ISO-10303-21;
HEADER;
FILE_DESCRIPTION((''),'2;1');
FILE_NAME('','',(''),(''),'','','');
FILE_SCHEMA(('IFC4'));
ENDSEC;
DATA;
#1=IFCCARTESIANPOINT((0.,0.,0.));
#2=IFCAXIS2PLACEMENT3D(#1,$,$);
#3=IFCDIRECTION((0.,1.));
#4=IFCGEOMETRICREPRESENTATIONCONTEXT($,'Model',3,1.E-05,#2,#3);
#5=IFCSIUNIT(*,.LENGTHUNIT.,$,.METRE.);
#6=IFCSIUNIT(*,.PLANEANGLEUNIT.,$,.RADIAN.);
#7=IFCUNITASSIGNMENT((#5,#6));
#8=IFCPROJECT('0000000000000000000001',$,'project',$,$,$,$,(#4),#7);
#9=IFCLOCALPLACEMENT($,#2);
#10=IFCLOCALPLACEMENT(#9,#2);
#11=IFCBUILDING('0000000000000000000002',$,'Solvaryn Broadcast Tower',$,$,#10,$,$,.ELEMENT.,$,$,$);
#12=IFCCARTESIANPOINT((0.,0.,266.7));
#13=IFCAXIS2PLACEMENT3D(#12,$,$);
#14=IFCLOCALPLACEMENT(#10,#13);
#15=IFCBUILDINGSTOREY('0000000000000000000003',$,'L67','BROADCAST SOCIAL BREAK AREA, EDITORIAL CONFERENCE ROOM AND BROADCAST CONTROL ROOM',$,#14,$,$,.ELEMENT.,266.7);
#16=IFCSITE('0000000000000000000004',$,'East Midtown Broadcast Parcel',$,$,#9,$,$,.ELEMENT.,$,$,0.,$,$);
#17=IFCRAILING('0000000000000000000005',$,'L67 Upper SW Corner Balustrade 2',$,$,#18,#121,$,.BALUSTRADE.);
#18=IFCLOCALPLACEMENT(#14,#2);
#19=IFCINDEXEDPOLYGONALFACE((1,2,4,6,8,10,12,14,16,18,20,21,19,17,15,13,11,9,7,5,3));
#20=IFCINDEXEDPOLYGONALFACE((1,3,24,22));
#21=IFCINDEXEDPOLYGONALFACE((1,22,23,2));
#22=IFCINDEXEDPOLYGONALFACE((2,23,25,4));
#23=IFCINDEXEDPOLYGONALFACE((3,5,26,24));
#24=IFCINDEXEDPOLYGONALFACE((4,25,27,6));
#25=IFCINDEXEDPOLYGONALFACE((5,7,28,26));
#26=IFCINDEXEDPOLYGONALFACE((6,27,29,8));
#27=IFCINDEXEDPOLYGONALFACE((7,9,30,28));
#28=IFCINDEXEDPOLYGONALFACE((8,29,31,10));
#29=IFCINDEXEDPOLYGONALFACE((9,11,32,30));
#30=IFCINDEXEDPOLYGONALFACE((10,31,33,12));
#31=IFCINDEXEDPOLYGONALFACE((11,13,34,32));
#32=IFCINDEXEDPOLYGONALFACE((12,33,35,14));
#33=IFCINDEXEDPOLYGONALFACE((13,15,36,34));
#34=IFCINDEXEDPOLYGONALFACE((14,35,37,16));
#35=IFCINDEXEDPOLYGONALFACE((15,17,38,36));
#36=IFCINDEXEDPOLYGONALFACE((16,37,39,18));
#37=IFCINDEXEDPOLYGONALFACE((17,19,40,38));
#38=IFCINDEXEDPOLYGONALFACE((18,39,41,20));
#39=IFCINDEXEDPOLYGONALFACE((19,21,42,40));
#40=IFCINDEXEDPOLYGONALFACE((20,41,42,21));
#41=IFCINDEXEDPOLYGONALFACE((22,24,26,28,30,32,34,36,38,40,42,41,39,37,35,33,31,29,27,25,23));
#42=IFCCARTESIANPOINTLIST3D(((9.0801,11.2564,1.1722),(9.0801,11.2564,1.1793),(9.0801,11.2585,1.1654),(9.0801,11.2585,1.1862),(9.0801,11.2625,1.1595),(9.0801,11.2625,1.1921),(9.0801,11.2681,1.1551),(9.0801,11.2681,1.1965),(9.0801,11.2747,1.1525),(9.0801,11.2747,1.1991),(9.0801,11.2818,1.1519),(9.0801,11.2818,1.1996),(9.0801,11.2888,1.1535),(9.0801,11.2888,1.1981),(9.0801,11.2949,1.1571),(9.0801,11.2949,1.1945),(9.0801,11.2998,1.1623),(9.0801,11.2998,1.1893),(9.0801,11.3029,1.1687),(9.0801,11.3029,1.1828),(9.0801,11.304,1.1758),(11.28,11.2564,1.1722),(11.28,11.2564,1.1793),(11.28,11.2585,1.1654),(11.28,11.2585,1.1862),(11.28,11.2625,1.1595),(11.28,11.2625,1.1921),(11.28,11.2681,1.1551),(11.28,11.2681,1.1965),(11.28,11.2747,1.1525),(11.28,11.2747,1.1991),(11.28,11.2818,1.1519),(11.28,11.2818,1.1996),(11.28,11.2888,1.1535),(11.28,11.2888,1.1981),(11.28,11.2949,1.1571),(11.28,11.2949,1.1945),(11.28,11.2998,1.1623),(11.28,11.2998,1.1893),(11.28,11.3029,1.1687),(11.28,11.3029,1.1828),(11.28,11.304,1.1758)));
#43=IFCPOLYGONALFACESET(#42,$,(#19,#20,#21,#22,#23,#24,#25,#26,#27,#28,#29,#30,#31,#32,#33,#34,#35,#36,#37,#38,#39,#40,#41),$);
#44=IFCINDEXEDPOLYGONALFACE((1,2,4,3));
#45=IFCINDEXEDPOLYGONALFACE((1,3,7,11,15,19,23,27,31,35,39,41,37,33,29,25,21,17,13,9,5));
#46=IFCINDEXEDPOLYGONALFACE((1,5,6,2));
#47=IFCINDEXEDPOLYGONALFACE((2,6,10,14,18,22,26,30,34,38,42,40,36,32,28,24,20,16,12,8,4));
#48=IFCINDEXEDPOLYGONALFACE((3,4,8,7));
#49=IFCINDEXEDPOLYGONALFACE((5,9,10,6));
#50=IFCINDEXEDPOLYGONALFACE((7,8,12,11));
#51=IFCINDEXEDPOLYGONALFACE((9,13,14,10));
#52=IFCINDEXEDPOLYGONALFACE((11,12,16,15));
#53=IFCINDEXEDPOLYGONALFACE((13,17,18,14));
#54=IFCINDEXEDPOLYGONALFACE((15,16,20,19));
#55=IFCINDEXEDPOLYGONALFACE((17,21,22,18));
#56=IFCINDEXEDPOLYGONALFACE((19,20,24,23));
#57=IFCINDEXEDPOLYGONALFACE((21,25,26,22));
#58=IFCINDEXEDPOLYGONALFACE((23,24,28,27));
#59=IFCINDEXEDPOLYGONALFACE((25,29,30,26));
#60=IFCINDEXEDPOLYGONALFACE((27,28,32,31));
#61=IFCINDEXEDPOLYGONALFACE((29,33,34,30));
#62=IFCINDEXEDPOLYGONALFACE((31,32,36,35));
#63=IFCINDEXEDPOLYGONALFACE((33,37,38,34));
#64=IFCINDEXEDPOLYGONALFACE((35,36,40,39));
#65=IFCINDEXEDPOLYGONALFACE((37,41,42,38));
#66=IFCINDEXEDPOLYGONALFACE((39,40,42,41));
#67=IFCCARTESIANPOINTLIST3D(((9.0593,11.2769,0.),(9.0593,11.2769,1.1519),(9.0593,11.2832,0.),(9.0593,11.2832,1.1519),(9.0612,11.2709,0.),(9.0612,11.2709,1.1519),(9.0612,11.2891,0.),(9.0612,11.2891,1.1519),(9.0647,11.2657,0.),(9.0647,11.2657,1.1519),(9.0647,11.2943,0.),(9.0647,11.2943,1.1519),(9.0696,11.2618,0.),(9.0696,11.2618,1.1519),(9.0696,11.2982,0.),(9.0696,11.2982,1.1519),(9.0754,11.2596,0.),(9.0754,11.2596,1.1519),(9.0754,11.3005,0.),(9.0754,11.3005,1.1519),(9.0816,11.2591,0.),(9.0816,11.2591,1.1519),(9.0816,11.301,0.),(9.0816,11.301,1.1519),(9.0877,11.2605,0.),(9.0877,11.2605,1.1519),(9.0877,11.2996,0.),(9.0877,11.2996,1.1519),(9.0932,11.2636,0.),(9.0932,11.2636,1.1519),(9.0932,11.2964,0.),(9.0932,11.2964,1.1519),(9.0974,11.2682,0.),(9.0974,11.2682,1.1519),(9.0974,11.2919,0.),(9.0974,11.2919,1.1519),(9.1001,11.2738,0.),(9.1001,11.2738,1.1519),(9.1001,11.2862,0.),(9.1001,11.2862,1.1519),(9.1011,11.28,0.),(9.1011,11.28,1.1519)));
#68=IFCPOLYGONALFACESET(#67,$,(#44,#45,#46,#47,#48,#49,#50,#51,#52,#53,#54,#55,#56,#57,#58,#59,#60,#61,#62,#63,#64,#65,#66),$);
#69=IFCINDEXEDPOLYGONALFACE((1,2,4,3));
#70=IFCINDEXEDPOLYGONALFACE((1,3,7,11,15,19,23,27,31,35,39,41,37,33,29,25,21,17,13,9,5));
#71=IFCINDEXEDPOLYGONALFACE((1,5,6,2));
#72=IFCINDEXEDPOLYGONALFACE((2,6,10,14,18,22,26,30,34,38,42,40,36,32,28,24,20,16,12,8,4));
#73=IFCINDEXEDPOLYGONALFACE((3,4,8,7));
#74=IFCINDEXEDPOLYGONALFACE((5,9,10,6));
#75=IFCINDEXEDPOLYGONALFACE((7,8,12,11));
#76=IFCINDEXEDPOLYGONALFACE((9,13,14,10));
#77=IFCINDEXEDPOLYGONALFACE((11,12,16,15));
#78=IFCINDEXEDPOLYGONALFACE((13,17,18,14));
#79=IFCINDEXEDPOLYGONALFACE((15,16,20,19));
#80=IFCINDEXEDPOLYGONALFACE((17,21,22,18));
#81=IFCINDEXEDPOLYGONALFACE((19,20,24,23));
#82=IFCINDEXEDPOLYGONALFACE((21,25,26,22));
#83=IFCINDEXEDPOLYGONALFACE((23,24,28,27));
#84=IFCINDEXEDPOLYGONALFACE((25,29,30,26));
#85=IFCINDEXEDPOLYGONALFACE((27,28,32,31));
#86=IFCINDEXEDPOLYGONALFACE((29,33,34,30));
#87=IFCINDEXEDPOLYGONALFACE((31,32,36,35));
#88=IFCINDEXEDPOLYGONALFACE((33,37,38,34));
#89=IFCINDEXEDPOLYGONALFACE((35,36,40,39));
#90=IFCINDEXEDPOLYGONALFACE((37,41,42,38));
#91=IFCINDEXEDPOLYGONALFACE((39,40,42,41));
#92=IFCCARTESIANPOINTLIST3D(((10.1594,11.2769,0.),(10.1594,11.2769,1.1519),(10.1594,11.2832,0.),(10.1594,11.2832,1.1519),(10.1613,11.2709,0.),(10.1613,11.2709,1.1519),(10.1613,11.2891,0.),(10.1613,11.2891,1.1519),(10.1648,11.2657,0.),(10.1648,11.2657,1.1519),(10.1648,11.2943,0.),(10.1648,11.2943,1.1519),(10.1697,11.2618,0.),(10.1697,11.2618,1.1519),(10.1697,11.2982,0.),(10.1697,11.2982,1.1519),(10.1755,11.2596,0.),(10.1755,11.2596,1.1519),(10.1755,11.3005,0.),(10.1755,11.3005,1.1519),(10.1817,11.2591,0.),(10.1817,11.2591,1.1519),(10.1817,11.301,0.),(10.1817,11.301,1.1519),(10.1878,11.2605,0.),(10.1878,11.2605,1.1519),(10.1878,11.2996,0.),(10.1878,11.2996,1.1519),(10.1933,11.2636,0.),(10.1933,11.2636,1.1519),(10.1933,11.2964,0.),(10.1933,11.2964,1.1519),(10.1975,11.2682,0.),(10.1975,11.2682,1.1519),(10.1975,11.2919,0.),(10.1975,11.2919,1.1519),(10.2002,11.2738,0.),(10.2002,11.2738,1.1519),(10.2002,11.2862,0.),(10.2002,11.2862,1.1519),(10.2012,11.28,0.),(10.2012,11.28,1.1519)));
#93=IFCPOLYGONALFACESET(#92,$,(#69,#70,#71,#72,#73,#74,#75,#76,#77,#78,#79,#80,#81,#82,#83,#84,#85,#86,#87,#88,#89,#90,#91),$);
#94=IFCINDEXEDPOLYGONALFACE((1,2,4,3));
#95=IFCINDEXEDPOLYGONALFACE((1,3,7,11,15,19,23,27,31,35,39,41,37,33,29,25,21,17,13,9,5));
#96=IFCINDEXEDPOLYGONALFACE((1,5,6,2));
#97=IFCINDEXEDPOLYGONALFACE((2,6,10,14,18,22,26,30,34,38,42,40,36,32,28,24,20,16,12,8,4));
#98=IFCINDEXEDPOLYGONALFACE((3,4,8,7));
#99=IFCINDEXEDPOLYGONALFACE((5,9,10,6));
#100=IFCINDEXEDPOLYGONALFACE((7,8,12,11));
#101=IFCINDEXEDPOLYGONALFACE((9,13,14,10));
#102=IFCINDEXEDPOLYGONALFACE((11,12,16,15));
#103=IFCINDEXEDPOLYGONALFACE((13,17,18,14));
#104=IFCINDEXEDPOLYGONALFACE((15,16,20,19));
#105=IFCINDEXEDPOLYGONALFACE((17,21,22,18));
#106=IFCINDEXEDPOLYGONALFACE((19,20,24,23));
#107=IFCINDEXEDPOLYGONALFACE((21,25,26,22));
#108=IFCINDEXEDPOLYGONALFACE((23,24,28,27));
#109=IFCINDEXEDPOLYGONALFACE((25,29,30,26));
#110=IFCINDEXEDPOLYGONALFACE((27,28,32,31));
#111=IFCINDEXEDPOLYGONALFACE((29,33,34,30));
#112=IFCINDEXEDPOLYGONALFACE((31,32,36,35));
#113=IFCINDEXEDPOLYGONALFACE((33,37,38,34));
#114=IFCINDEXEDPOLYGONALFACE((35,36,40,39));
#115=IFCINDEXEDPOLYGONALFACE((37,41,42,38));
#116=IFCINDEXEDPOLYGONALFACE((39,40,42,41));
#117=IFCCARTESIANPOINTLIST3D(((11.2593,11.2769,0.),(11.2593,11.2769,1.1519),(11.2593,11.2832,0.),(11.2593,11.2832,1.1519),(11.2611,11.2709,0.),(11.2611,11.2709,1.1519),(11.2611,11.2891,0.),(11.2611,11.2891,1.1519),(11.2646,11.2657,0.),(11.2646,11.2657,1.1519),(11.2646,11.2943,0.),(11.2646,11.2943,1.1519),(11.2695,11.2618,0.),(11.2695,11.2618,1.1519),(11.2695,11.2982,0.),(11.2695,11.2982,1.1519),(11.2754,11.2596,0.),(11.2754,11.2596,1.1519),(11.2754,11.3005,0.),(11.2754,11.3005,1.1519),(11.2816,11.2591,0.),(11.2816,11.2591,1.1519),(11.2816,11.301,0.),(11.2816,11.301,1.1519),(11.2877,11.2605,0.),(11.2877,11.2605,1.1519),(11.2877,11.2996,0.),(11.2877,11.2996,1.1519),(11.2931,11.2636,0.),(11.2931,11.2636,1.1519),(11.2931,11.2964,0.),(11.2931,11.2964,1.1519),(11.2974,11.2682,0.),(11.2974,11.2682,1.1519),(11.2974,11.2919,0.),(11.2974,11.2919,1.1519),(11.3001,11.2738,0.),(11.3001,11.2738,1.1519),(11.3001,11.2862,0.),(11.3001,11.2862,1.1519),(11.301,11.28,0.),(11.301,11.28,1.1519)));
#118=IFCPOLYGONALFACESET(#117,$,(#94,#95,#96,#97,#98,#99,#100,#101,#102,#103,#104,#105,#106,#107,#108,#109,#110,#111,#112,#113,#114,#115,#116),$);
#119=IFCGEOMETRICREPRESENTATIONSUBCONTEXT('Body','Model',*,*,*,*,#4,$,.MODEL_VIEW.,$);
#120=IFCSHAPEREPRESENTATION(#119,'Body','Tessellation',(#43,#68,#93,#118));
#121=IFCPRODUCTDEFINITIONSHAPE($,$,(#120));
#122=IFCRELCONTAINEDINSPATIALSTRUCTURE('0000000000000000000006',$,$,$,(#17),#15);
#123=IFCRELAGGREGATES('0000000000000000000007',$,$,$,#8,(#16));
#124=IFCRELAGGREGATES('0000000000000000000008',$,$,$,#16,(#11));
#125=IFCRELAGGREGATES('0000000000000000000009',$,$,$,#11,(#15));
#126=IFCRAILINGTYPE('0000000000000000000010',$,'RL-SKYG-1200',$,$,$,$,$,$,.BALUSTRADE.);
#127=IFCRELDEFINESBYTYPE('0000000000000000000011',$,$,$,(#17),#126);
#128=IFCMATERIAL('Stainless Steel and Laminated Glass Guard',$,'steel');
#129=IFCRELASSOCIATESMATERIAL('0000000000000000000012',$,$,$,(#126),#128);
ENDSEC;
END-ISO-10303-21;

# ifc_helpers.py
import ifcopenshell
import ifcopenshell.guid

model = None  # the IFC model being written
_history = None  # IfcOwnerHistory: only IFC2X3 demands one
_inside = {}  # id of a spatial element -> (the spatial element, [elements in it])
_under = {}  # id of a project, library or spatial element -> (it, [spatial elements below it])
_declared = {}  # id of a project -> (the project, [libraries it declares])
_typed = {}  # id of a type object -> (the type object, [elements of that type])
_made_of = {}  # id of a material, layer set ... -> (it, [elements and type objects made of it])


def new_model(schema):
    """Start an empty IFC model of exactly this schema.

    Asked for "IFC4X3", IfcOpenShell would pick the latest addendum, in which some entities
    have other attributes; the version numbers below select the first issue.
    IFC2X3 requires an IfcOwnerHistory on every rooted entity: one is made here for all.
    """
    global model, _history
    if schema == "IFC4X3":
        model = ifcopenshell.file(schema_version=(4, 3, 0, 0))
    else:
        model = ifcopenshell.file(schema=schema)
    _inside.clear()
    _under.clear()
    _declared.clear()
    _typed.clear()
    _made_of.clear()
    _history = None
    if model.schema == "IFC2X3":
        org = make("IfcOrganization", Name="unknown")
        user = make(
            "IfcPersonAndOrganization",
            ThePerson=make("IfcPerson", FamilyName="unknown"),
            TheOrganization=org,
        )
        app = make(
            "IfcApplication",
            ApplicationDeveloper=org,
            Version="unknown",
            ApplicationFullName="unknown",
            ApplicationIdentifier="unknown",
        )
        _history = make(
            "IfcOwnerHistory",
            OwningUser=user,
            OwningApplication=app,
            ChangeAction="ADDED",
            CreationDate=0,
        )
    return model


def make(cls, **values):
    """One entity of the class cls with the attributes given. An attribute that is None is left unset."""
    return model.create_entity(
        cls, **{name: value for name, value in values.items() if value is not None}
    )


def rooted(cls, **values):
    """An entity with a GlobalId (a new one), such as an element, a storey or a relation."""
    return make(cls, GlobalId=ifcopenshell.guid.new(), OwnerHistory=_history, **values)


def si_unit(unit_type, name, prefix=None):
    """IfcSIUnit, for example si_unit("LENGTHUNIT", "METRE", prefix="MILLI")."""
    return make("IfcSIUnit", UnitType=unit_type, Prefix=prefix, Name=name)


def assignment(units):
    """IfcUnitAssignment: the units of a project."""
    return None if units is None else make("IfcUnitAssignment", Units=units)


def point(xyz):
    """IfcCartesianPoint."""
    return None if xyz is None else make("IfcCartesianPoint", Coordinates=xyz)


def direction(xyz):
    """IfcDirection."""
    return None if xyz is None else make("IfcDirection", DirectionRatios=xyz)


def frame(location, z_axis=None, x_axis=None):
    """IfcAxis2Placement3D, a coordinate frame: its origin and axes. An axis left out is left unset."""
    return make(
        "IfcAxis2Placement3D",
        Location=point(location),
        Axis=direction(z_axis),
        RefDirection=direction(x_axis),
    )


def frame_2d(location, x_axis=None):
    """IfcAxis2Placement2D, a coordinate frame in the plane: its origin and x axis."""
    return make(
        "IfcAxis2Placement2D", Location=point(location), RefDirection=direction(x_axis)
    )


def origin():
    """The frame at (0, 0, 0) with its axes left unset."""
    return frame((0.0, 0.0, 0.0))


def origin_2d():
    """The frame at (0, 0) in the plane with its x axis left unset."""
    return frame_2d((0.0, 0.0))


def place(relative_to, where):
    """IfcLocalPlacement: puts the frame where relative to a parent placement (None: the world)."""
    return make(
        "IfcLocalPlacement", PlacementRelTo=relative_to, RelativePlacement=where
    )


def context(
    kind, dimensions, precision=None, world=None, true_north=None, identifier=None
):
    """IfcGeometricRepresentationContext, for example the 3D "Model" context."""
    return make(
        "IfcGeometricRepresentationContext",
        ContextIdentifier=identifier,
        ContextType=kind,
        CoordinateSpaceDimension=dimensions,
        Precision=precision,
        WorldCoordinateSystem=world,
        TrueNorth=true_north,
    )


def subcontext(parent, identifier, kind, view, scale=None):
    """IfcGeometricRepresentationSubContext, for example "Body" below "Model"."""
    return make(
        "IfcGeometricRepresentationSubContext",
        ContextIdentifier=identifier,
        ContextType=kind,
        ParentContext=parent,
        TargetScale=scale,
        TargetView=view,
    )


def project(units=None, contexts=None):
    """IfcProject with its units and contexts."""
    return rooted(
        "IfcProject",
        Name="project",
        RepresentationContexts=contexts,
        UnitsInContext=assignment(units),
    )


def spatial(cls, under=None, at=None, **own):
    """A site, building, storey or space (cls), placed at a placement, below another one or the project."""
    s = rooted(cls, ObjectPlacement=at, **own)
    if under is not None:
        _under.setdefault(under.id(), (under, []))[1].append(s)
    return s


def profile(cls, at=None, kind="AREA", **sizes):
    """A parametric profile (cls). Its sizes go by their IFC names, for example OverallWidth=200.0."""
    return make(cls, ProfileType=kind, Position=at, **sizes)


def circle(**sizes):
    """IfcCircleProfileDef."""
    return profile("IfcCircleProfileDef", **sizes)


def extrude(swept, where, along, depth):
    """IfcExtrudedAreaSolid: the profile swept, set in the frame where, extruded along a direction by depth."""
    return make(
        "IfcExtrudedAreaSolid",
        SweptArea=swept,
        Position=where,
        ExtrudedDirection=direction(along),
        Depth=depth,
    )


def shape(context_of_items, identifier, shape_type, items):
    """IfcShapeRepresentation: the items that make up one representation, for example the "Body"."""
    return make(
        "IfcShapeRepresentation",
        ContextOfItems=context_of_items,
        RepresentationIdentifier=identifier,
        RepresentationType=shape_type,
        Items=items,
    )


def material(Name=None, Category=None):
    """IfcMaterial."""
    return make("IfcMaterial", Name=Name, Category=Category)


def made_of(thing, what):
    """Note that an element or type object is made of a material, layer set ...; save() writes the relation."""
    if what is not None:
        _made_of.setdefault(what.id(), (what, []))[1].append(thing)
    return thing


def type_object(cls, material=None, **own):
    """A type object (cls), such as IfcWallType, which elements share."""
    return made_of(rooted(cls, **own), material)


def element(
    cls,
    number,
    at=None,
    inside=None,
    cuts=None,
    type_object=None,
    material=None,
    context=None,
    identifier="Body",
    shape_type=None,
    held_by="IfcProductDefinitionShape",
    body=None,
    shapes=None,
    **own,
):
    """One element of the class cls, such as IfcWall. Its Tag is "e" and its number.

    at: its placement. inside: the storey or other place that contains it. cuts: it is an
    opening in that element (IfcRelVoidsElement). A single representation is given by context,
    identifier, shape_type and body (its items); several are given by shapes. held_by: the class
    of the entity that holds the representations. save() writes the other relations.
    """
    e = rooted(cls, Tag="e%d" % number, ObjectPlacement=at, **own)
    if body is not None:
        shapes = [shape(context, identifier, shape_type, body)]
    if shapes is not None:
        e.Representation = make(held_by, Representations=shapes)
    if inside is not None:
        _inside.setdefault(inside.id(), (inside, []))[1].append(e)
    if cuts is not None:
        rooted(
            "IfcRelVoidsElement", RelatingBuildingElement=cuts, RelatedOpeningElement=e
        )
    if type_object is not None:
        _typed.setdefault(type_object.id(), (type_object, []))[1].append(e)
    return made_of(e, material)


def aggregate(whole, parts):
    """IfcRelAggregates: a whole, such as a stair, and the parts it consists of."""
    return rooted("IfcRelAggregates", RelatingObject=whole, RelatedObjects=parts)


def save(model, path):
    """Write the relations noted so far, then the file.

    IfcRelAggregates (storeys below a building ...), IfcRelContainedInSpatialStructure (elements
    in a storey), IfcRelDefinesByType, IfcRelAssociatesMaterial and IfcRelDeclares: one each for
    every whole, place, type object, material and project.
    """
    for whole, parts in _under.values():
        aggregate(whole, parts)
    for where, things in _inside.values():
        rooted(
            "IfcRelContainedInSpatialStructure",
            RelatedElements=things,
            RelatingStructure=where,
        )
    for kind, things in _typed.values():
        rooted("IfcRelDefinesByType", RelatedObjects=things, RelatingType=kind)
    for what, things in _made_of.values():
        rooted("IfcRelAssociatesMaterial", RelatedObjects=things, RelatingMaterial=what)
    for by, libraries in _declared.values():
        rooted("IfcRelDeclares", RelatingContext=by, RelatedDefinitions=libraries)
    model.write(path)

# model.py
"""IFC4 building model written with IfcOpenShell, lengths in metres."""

from ifc_helpers import new_model, si_unit, direction, frame, origin, origin_2d, place, context, subcontext, project, spatial, circle, extrude, material, type_object, element, save


model = new_model("IFC4")

# Units and contexts
model_context = context("Model", 3, precision=1e-05, world=origin(), true_north=direction((0.0, 1.0)))
body_context = subcontext(model_context, "Body", "Model", "MODEL_VIEW")
ifc_project = project(units=[si_unit("LENGTHUNIT", "METRE"), si_unit("PLANEANGLEUNIT", "RADIAN")], contexts=[model_context])

# Site, building, storey
site_placement = place(None, origin())
site = spatial("IfcSite", under=ifc_project, at=site_placement, Name="East Midtown Broadcast Parcel", CompositionType="ELEMENT", RefElevation=0.0)
building_placement = place(site_placement, origin())
building = spatial("IfcBuilding", under=site, at=building_placement, Name="Solvaryn Broadcast Tower", CompositionType="ELEMENT")
storey_placement = place(building_placement, frame((0.0, 0.0, 266.7)))
storey = spatial("IfcBuildingStorey", under=building, at=storey_placement, Name="L67", Description="BROADCAST SOCIAL BREAK AREA, EDITORIAL CONFERENCE ROOM AND BROADCAST CONTROL ROOM", CompositionType="ELEMENT", Elevation=266.7)

# Railing
ifc_material_1 = material(Name="Stainless Steel and Laminated Glass Guard", Category="steel")
railing_type = type_object("IfcRailingType", Name="RL-SKYG-1200", PredefinedType="BALUSTRADE", material=ifc_material_1)
railing_1_placement = place(storey_placement, frame((9.0801, 11.28, 0.0)))
element("IfcRailing", 1, at=railing_1_placement, inside=storey, type_object=railing_type, Name="L67 Upper SW Corner Balustrade 2", PredefinedType="BALUSTRADE", context=body_context, shape_type="SweptSolid", body=[
    extrude(circle(Radius=0.0239, at=origin_2d()), frame((0.0, 0.0, 1.1758), z_axis=(1.0, 0.0, 0.0), x_axis=(0.0, 1.0, 0.0)), (0.0, 0.0, 1.0), 2.2),
    extrude(circle(Radius=0.021, at=origin_2d()), origin(), (0.0, 0.0, 1.0), 1.1519),
    extrude(circle(Radius=0.021, at=origin_2d()), frame((1.1001, 0.0, 0.0)), (0.0, 0.0, 1.0), 1.1519),
    extrude(circle(Radius=0.021, at=origin_2d()), frame((2.2, 0.0, 0.0)), (0.0, 0.0, 1.0), 1.1519),
])

save(model, "model.ifc")
